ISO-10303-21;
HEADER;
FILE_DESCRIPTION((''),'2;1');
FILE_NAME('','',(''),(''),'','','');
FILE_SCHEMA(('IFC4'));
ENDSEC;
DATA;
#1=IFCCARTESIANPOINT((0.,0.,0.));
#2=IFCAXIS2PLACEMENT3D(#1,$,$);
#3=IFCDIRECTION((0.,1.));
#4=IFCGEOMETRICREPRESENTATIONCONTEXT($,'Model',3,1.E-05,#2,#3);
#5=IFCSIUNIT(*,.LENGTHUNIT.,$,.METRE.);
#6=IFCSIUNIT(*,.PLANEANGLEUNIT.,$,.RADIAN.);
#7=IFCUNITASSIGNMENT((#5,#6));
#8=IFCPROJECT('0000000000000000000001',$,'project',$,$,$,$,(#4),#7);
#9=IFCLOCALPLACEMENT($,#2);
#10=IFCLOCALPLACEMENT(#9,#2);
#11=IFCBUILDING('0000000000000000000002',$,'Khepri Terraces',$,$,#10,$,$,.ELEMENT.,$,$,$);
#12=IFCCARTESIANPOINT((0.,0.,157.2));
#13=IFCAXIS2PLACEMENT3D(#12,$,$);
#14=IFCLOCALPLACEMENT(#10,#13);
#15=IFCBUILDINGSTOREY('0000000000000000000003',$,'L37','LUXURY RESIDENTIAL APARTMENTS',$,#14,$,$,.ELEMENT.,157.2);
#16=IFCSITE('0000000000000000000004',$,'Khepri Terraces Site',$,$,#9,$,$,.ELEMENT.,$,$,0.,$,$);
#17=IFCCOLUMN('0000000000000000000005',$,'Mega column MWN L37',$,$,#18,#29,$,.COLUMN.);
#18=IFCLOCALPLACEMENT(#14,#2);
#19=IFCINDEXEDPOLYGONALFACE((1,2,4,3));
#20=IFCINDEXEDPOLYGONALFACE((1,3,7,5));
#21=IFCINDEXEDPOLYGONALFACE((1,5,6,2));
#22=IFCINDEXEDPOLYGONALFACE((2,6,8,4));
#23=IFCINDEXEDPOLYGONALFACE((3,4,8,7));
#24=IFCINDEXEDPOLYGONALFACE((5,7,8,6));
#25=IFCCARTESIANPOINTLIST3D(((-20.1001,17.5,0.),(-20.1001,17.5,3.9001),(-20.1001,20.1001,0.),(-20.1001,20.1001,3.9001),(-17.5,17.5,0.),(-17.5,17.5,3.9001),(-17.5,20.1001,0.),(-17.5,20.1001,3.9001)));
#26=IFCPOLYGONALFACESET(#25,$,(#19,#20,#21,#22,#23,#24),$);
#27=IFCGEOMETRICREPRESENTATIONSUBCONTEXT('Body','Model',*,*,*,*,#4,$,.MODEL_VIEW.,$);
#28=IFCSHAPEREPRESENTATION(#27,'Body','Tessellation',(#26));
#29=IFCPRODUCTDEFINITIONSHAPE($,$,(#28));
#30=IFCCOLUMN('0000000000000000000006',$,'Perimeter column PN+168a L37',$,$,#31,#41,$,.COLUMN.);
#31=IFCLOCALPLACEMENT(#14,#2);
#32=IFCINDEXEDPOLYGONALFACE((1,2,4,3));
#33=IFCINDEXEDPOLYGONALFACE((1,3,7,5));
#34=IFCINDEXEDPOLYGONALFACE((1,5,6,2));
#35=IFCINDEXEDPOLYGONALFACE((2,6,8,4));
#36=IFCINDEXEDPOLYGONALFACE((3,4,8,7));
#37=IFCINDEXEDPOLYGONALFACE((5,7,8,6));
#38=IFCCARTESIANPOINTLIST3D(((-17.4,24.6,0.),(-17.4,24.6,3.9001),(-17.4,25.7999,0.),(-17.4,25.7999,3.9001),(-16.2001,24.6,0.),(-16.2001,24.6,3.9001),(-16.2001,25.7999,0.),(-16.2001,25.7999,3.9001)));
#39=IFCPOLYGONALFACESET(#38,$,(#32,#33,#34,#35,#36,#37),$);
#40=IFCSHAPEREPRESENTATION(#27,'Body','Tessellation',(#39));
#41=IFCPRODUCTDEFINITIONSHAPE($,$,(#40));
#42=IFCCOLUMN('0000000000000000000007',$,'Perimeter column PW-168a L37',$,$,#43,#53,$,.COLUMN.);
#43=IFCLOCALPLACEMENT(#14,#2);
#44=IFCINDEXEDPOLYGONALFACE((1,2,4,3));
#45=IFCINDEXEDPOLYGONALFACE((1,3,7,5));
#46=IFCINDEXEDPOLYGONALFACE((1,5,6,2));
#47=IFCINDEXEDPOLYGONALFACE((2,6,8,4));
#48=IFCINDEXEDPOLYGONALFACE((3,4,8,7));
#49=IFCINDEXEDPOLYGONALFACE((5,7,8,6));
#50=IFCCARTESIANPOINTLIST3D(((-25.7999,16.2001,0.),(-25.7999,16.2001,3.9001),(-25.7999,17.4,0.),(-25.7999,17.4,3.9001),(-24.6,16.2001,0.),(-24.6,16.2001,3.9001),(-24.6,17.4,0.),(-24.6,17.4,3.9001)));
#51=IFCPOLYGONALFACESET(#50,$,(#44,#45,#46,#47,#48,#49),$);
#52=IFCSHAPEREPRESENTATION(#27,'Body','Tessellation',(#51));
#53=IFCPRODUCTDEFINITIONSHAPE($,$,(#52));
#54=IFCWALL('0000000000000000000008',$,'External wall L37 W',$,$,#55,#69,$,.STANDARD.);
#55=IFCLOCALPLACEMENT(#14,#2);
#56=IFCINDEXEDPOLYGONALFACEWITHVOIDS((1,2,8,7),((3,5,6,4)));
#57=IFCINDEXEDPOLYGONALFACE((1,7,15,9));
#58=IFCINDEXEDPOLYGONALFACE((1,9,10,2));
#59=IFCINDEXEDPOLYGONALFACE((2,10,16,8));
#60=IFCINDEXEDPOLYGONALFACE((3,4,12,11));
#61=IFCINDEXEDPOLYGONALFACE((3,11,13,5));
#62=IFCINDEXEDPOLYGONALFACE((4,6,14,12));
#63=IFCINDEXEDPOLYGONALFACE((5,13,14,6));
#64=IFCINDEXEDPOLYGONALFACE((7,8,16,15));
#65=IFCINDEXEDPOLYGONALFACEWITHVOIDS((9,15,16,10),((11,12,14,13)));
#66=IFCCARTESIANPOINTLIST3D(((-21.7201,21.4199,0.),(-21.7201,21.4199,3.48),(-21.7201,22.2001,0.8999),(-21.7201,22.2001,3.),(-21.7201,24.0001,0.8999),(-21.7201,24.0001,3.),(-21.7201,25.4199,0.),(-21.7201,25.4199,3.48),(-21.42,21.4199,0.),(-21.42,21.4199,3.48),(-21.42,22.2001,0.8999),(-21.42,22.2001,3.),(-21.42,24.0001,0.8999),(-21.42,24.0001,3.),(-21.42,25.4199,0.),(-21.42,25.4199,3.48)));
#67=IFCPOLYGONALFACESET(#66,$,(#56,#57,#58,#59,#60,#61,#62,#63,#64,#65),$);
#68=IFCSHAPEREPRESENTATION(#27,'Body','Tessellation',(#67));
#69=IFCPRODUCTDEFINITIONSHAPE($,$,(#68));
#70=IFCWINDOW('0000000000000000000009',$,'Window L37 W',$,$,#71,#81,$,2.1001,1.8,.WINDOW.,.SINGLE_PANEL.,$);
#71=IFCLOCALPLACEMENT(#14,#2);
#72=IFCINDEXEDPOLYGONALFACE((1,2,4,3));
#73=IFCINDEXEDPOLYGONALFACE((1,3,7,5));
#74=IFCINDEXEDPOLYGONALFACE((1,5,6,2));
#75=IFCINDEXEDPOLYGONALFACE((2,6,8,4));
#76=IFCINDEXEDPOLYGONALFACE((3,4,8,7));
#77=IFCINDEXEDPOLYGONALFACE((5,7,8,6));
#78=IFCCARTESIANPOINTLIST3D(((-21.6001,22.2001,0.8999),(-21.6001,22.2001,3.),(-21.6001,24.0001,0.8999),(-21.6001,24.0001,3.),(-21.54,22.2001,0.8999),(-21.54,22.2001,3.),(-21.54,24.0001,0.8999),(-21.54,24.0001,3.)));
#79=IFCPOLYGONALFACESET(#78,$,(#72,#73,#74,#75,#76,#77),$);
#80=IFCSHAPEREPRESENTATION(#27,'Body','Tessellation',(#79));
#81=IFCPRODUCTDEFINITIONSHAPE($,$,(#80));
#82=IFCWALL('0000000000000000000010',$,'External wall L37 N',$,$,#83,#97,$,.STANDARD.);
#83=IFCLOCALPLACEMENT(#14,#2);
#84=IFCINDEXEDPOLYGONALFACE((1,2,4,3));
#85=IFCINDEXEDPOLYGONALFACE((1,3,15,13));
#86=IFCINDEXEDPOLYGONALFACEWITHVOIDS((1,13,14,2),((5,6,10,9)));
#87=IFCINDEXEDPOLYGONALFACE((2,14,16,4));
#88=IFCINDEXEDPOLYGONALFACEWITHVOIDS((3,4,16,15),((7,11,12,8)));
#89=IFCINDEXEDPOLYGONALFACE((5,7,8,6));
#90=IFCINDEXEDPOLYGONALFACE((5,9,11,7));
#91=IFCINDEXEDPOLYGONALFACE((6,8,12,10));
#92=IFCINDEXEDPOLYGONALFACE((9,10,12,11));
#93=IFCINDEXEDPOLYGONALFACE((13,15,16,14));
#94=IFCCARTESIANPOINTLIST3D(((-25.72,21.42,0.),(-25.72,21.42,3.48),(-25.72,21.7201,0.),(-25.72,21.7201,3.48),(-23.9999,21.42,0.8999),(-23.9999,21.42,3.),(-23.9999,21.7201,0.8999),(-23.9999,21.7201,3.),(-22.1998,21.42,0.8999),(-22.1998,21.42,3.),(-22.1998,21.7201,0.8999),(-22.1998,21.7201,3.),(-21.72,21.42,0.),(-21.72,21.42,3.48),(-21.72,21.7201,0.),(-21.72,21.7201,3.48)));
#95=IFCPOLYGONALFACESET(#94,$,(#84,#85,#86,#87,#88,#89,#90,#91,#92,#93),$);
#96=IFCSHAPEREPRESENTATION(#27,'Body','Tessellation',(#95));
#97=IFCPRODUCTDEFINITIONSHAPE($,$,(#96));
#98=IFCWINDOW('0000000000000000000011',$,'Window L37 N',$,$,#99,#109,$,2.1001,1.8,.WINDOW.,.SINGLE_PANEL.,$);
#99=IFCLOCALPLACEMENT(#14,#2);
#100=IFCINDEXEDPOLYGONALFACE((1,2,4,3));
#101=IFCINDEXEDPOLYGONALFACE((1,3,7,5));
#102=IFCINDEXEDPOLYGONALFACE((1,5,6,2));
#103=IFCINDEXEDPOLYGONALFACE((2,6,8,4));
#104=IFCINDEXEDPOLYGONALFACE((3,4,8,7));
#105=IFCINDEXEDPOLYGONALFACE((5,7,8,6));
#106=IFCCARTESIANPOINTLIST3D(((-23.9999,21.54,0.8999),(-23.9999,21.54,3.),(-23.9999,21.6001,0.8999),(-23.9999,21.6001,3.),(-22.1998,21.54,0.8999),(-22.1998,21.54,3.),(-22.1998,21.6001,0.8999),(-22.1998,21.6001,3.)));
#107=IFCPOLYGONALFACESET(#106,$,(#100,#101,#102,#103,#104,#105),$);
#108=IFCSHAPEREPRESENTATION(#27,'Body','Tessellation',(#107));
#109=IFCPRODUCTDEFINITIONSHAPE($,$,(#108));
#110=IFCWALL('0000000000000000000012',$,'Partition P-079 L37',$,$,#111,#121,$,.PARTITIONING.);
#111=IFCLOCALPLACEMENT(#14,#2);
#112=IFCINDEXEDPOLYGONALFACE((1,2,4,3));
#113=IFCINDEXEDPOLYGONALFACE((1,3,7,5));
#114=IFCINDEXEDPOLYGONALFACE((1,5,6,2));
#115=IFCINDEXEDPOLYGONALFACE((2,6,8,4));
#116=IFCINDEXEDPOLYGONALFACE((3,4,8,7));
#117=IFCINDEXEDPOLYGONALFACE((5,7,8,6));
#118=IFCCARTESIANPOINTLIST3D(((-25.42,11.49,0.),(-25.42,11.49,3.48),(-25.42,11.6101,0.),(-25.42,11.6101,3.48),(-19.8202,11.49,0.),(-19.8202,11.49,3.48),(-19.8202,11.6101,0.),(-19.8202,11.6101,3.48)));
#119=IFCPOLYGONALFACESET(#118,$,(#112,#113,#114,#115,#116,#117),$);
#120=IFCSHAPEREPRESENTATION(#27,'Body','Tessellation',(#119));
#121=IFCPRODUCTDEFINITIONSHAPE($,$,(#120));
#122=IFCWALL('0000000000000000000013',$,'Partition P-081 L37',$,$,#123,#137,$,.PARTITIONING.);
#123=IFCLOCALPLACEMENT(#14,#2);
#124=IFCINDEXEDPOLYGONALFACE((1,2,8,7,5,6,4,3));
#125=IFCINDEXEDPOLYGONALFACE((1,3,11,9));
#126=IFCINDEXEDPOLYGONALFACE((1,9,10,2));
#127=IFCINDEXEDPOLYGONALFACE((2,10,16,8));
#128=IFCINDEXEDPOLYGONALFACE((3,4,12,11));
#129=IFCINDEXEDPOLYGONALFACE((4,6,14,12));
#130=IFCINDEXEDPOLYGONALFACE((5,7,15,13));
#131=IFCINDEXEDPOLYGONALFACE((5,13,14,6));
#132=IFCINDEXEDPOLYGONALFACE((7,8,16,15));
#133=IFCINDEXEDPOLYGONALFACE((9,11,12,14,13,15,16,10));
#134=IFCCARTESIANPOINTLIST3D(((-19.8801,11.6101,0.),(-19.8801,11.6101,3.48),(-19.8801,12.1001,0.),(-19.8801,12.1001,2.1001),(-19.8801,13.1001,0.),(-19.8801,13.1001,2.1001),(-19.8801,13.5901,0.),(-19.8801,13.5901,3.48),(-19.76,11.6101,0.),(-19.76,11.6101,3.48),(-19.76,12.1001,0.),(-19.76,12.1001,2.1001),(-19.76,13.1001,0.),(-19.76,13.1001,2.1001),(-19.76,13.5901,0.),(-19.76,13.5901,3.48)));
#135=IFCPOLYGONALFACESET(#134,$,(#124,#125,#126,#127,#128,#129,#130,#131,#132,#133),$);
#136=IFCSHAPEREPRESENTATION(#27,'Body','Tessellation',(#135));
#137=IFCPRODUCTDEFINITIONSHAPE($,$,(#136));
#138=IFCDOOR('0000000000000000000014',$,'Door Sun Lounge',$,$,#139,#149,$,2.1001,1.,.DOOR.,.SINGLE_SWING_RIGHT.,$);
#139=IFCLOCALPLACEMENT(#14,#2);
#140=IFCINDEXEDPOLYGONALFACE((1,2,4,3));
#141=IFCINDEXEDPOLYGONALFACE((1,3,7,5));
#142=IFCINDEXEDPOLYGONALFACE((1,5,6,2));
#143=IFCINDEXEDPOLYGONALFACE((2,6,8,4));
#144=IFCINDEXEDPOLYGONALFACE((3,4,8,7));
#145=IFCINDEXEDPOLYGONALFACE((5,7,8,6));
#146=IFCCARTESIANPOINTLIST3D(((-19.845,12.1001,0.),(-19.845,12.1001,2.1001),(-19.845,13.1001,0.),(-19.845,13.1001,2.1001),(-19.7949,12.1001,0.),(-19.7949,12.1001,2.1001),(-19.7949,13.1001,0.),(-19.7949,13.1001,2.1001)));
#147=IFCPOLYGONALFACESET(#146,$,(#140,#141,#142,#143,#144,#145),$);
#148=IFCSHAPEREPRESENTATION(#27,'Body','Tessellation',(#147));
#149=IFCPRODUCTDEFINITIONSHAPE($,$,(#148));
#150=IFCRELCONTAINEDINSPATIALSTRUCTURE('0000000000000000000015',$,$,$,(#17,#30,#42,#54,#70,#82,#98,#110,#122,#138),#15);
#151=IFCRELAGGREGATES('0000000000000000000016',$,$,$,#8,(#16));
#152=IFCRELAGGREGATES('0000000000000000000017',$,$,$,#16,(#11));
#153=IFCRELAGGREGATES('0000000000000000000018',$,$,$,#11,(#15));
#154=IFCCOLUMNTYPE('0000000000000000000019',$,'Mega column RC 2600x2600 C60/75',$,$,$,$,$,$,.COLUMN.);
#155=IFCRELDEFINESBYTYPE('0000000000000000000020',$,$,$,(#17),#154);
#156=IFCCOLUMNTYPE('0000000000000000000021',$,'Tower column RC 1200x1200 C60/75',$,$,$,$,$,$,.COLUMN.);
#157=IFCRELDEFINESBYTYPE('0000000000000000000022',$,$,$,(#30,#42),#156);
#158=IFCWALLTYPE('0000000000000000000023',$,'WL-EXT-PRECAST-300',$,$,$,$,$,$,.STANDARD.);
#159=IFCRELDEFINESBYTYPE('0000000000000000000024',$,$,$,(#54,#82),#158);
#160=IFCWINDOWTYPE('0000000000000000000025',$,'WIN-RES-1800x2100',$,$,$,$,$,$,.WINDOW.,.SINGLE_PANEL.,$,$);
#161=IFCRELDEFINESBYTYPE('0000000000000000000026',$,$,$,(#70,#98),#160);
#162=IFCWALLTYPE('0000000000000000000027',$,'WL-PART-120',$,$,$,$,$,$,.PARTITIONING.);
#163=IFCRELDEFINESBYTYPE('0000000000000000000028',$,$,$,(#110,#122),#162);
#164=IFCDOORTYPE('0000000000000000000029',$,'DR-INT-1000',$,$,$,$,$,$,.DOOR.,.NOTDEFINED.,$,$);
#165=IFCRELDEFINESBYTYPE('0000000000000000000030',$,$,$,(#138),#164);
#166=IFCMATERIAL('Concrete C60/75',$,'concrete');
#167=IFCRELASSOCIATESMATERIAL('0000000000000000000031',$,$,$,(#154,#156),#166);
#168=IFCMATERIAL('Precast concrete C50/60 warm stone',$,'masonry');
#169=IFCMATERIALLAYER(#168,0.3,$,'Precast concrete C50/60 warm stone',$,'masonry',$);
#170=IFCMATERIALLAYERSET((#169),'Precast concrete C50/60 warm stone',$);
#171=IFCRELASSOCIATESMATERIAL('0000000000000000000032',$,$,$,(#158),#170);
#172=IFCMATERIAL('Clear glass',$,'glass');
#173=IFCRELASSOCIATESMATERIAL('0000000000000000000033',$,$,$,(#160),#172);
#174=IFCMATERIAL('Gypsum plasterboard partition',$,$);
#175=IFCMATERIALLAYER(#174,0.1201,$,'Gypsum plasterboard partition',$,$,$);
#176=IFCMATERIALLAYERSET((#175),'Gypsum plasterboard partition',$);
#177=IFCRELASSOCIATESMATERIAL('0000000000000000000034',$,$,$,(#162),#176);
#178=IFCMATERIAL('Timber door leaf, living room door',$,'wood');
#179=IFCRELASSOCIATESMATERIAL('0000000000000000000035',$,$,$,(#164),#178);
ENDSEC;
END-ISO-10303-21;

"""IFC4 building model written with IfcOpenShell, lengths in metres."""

from ifc_helpers import new_model, si_unit, direction, frame, frame_2d, origin, origin_2d, place, context, subcontext, project, spatial, rectangle, extrude, material, layer, layer_set, material_profile, profile_set, type_object, element, fill, save


model = new_model("IFC4")

# Units and contexts
model_context = context("Model", 3, precision=1e-05, world=origin(), true_north=direction((0.0, 1.0)))
body_context = subcontext(model_context, "Body", "Model", "MODEL_VIEW")
ifc_project = project(units=[si_unit("LENGTHUNIT", "METRE"), si_unit("PLANEANGLEUNIT", "RADIAN")], contexts=[model_context])

# Site, building, storey
site_placement = place(None, origin())
site = spatial("IfcSite", under=ifc_project, at=site_placement, Name="Khepri Terraces Site", CompositionType="ELEMENT", RefElevation=0.0)
building_placement = place(site_placement, origin())
building = spatial("IfcBuilding", under=site, at=building_placement, Name="Khepri Terraces", CompositionType="ELEMENT")
storey_placement = place(building_placement, frame((0.0, 0.0, 157.2)))
storey = spatial("IfcBuildingStorey", under=building, at=storey_placement, Name="L37", Description="LUXURY RESIDENTIAL APARTMENTS", CompositionType="ELEMENT", Elevation=157.2)

# Columns
ifc_material_1 = material(Name="Concrete C60/75", Category="concrete")
ifc_material_profile_1 = material_profile(ifc_material_1, rectangle(XDim=2.6001, YDim=2.6001, at=origin_2d()), Name="Concrete C60/75", Category="concrete")
ifc_profile_set_1 = profile_set([ifc_material_profile_1], Name="Concrete C60/75")
column_type_1 = type_object("IfcColumnType", Name="Mega column RC 2600x2600 C60/75", PredefinedType="COLUMN", material=ifc_profile_set_1)
column_placement = place(storey_placement, frame((-18.8, 18.8, 0.0), z_axis=(0.0, 0.0, 1.0), x_axis=(1.0, 0.0, 0.0)))
element("IfcColumn", 1, at=column_placement, inside=storey, type_object=column_type_1, Name="Mega column MWN L37", PredefinedType="COLUMN", context=body_context, shape_type="SweptSolid", body=[
    extrude(rectangle(XDim=2.6001, YDim=2.6001, at=origin_2d()), origin(), (0.0, 0.0, 1.0), 3.9001),
])
ifc_material_profile_2 = material_profile(ifc_material_1, rectangle(XDim=1.2, YDim=1.2, at=origin_2d()), Name="Concrete C60/75", Category="concrete")
ifc_profile_set_2 = profile_set([ifc_material_profile_2], Name="Concrete C60/75")
column_type_2 = type_object("IfcColumnType", Name="Tower column RC 1200x1200 C60/75", PredefinedType="COLUMN", material=ifc_profile_set_2)
for number, where, z_axis, x_axis, name in (
    (2, (-16.8, 25.2, 0.0), (0.0, 0.0, 1.0), (1.0, 0.0, 0.0), "Perimeter column PN+168a L37"),
    (3, (-25.2, 16.8, 0.0), (0.0, 0.0, 1.0), (1.0, 0.0, 0.0), "Perimeter column PW-168a L37"),
):
    element("IfcColumn", number, at=place(storey_placement, frame(where, z_axis=z_axis, x_axis=x_axis)), inside=storey, type_object=column_type_2, Name=name, PredefinedType="COLUMN", context=body_context, shape_type="SweptSolid", body=[
        extrude(rectangle(XDim=1.2, YDim=1.2, at=origin_2d()), origin(), (0.0, 0.0, 1.0), 3.9001),
    ])

# Shared definitions
ifc_material_2 = material(Name="Precast concrete C50/60 warm stone", Category="masonry")
ifc_layer_1 = layer(ifc_material_2, 0.3, Name="Precast concrete C50/60 warm stone", Category="masonry")
ifc_layer_set_1 = layer_set([ifc_layer_1], Name="Precast concrete C50/60 warm stone")
wall_type_1 = type_object("IfcWallType", Name="WL-EXT-PRECAST-300", PredefinedType="STANDARD", material=ifc_layer_set_1)
ifc_material_3 = material(Name="Clear glass", Category="glass")
window_type = type_object("IfcWindowType", Name="WIN-RES-1800x2100", PartitioningType="SINGLE_PANEL", PredefinedType="WINDOW", material=ifc_material_3)

# Walls, openings, windows
wall_1_placement = place(storey_placement, frame((-21.5701, 25.4199, 0.0), z_axis=(0.0, 0.0, 1.0), x_axis=(0.0, -1.0, 0.0)))
wall_1 = element("IfcWall", 4, at=wall_1_placement, inside=storey, type_object=wall_type_1, Name="External wall L37 W", PredefinedType="STANDARD", context=body_context, shape_type="SweptSolid", body=[
    extrude(rectangle(XDim=4.0, YDim=0.3, at=frame_2d((2.0, 0.0))), origin(), (0.0, 0.0, 1.0), 3.48),
])
opening_1_placement = place(wall_1_placement, frame((1.4199, 0.0, 0.8999)))
opening_1 = element("IfcOpeningElement", 5, at=opening_1_placement, cuts=wall_1, PredefinedType="OPENING", context=body_context, shape_type="SweptSolid", body=[
    extrude(rectangle(XDim=1.8, YDim=2.1001, at=frame_2d((0.8999, 1.05))), frame((0.0, 0.1602, 0.0), z_axis=(0.0, -1.0, 0.0), x_axis=(1.0, 0.0, 0.0)), (0.0, 0.0, 1.0), 0.3201),
])
window_1_placement = place(opening_1_placement, origin())
window_1 = element("IfcWindow", 6, at=window_1_placement, inside=storey, type_object=window_type, Name="Window L37 W", OverallHeight=2.1001, OverallWidth=1.8, PartitioningType="SINGLE_PANEL", PredefinedType="WINDOW", context=body_context, shape_type="SweptSolid", body=[
    extrude(rectangle(XDim=1.8, YDim=2.1001, at=frame_2d((0.8999, 1.05))), frame((0.0, 0.03, 0.0), z_axis=(0.0, -1.0, 0.0), x_axis=(1.0, 0.0, 0.0)), (0.0, 0.0, 1.0), 0.0601),
])
fill(opening_1, window_1)
wall_2_placement = place(storey_placement, frame((-21.72, 21.5701, 0.0), z_axis=(0.0, 0.0, 1.0), x_axis=(-1.0, 0.0, 0.0)))
wall_2 = element("IfcWall", 7, at=wall_2_placement, inside=storey, type_object=wall_type_1, Name="External wall L37 N", PredefinedType="STANDARD", context=body_context, shape_type="SweptSolid", body=[
    extrude(rectangle(XDim=4.0, YDim=0.3, at=frame_2d((2.0, 0.0))), origin(), (0.0, 0.0, 1.0), 3.48),
])
opening_2_placement = place(wall_2_placement, frame((0.48, 0.0, 0.8999)))
opening_2 = element("IfcOpeningElement", 8, at=opening_2_placement, cuts=wall_2, PredefinedType="OPENING", context=body_context, shape_type="SweptSolid", body=[
    extrude(rectangle(XDim=1.8, YDim=2.1001, at=frame_2d((0.8999, 1.05))), frame((0.0, 0.1602, 0.0), z_axis=(0.0, -1.0, 0.0), x_axis=(1.0, 0.0, 0.0)), (0.0, 0.0, 1.0), 0.3201),
])
window_2_placement = place(opening_2_placement, origin())
window_2 = element("IfcWindow", 9, at=window_2_placement, inside=storey, type_object=window_type, Name="Window L37 N", OverallHeight=2.1001, OverallWidth=1.8, PartitioningType="SINGLE_PANEL", PredefinedType="WINDOW", context=body_context, shape_type="SweptSolid", body=[
    extrude(rectangle(XDim=1.8, YDim=2.1001, at=frame_2d((0.8999, 1.05))), frame((0.0, 0.03, 0.0), z_axis=(0.0, -1.0, 0.0), x_axis=(1.0, 0.0, 0.0)), (0.0, 0.0, 1.0), 0.0601),
])
fill(opening_2, window_2)

# Wall
ifc_material_4 = material(Name="Gypsum plasterboard partition")
ifc_layer_2 = layer(ifc_material_4, 0.1201, Name="Gypsum plasterboard partition")
ifc_layer_set_2 = layer_set([ifc_layer_2], Name="Gypsum plasterboard partition")
wall_type_2 = type_object("IfcWallType", Name="WL-PART-120", PredefinedType="PARTITIONING", material=ifc_layer_set_2)
wall_3_placement = place(storey_placement, frame((-25.4199, 11.55, 0.0), z_axis=(0.0, 0.0, 1.0), x_axis=(1.0, 0.0, 0.0)))
element("IfcWall", 10, at=wall_3_placement, inside=storey, type_object=wall_type_2, Name="Partition P-079 L37", PredefinedType="PARTITIONING", context=body_context, shape_type="SweptSolid", body=[
    extrude(rectangle(XDim=5.5999, YDim=0.1201, at=frame_2d((2.7998, 0.0))), origin(), (0.0, 0.0, 1.0), 3.48),
])

# Wall, opening, door
wall_4_placement = place(storey_placement, frame((-19.8201, 11.6101, 0.0), z_axis=(0.0, 0.0, 1.0), x_axis=(0.0, 1.0, 0.0)))
wall_4 = element("IfcWall", 11, at=wall_4_placement, inside=storey, type_object=wall_type_2, Name="Partition P-081 L37", PredefinedType="PARTITIONING", context=body_context, shape_type="SweptSolid", body=[
    extrude(rectangle(XDim=1.98, YDim=0.1201, at=frame_2d((0.99, 0.0))), origin(), (0.0, 0.0, 1.0), 3.48),
])
opening_3_placement = place(wall_4_placement, frame((0.49, 0.0, 0.0)))
opening_3 = element("IfcOpeningElement", 12, at=opening_3_placement, cuts=wall_4, PredefinedType="OPENING", context=body_context, shape_type="SweptSolid", body=[
    extrude(rectangle(XDim=1.0, YDim=2.1001, at=frame_2d((0.5, 1.05))), frame((0.0, 0.0701, 0.0), z_axis=(0.0, -1.0, 0.0), x_axis=(1.0, 0.0, 0.0)), (0.0, 0.0, 1.0), 0.1401),
])
ifc_material_5 = material(Name="Timber door leaf, living room door", Category="wood")
door_type_1 = type_object("IfcDoorType", Name="DR-INT-1000", OperationType="NOTDEFINED", PredefinedType="DOOR", material=ifc_material_5)
door_1_placement = place(opening_3_placement, origin())
door_1 = element("IfcDoor", 13, at=door_1_placement, inside=storey, type_object=door_type_1, Name="Door Sun Lounge", OperationType="SINGLE_SWING_RIGHT", OverallHeight=2.1001, OverallWidth=1.0, PredefinedType="DOOR", context=body_context, shape_type="SweptSolid", body=[
    extrude(rectangle(XDim=1.0, YDim=2.1001, at=frame_2d((0.5, 1.05))), frame((0.0, 0.0249, 0.0), z_axis=(0.0, -1.0, 0.0), x_axis=(1.0, 0.0, 0.0)), (0.0, 0.0, 1.0), 0.05),
])
fill(opening_3, door_1)

save(model, "model.ifc")
